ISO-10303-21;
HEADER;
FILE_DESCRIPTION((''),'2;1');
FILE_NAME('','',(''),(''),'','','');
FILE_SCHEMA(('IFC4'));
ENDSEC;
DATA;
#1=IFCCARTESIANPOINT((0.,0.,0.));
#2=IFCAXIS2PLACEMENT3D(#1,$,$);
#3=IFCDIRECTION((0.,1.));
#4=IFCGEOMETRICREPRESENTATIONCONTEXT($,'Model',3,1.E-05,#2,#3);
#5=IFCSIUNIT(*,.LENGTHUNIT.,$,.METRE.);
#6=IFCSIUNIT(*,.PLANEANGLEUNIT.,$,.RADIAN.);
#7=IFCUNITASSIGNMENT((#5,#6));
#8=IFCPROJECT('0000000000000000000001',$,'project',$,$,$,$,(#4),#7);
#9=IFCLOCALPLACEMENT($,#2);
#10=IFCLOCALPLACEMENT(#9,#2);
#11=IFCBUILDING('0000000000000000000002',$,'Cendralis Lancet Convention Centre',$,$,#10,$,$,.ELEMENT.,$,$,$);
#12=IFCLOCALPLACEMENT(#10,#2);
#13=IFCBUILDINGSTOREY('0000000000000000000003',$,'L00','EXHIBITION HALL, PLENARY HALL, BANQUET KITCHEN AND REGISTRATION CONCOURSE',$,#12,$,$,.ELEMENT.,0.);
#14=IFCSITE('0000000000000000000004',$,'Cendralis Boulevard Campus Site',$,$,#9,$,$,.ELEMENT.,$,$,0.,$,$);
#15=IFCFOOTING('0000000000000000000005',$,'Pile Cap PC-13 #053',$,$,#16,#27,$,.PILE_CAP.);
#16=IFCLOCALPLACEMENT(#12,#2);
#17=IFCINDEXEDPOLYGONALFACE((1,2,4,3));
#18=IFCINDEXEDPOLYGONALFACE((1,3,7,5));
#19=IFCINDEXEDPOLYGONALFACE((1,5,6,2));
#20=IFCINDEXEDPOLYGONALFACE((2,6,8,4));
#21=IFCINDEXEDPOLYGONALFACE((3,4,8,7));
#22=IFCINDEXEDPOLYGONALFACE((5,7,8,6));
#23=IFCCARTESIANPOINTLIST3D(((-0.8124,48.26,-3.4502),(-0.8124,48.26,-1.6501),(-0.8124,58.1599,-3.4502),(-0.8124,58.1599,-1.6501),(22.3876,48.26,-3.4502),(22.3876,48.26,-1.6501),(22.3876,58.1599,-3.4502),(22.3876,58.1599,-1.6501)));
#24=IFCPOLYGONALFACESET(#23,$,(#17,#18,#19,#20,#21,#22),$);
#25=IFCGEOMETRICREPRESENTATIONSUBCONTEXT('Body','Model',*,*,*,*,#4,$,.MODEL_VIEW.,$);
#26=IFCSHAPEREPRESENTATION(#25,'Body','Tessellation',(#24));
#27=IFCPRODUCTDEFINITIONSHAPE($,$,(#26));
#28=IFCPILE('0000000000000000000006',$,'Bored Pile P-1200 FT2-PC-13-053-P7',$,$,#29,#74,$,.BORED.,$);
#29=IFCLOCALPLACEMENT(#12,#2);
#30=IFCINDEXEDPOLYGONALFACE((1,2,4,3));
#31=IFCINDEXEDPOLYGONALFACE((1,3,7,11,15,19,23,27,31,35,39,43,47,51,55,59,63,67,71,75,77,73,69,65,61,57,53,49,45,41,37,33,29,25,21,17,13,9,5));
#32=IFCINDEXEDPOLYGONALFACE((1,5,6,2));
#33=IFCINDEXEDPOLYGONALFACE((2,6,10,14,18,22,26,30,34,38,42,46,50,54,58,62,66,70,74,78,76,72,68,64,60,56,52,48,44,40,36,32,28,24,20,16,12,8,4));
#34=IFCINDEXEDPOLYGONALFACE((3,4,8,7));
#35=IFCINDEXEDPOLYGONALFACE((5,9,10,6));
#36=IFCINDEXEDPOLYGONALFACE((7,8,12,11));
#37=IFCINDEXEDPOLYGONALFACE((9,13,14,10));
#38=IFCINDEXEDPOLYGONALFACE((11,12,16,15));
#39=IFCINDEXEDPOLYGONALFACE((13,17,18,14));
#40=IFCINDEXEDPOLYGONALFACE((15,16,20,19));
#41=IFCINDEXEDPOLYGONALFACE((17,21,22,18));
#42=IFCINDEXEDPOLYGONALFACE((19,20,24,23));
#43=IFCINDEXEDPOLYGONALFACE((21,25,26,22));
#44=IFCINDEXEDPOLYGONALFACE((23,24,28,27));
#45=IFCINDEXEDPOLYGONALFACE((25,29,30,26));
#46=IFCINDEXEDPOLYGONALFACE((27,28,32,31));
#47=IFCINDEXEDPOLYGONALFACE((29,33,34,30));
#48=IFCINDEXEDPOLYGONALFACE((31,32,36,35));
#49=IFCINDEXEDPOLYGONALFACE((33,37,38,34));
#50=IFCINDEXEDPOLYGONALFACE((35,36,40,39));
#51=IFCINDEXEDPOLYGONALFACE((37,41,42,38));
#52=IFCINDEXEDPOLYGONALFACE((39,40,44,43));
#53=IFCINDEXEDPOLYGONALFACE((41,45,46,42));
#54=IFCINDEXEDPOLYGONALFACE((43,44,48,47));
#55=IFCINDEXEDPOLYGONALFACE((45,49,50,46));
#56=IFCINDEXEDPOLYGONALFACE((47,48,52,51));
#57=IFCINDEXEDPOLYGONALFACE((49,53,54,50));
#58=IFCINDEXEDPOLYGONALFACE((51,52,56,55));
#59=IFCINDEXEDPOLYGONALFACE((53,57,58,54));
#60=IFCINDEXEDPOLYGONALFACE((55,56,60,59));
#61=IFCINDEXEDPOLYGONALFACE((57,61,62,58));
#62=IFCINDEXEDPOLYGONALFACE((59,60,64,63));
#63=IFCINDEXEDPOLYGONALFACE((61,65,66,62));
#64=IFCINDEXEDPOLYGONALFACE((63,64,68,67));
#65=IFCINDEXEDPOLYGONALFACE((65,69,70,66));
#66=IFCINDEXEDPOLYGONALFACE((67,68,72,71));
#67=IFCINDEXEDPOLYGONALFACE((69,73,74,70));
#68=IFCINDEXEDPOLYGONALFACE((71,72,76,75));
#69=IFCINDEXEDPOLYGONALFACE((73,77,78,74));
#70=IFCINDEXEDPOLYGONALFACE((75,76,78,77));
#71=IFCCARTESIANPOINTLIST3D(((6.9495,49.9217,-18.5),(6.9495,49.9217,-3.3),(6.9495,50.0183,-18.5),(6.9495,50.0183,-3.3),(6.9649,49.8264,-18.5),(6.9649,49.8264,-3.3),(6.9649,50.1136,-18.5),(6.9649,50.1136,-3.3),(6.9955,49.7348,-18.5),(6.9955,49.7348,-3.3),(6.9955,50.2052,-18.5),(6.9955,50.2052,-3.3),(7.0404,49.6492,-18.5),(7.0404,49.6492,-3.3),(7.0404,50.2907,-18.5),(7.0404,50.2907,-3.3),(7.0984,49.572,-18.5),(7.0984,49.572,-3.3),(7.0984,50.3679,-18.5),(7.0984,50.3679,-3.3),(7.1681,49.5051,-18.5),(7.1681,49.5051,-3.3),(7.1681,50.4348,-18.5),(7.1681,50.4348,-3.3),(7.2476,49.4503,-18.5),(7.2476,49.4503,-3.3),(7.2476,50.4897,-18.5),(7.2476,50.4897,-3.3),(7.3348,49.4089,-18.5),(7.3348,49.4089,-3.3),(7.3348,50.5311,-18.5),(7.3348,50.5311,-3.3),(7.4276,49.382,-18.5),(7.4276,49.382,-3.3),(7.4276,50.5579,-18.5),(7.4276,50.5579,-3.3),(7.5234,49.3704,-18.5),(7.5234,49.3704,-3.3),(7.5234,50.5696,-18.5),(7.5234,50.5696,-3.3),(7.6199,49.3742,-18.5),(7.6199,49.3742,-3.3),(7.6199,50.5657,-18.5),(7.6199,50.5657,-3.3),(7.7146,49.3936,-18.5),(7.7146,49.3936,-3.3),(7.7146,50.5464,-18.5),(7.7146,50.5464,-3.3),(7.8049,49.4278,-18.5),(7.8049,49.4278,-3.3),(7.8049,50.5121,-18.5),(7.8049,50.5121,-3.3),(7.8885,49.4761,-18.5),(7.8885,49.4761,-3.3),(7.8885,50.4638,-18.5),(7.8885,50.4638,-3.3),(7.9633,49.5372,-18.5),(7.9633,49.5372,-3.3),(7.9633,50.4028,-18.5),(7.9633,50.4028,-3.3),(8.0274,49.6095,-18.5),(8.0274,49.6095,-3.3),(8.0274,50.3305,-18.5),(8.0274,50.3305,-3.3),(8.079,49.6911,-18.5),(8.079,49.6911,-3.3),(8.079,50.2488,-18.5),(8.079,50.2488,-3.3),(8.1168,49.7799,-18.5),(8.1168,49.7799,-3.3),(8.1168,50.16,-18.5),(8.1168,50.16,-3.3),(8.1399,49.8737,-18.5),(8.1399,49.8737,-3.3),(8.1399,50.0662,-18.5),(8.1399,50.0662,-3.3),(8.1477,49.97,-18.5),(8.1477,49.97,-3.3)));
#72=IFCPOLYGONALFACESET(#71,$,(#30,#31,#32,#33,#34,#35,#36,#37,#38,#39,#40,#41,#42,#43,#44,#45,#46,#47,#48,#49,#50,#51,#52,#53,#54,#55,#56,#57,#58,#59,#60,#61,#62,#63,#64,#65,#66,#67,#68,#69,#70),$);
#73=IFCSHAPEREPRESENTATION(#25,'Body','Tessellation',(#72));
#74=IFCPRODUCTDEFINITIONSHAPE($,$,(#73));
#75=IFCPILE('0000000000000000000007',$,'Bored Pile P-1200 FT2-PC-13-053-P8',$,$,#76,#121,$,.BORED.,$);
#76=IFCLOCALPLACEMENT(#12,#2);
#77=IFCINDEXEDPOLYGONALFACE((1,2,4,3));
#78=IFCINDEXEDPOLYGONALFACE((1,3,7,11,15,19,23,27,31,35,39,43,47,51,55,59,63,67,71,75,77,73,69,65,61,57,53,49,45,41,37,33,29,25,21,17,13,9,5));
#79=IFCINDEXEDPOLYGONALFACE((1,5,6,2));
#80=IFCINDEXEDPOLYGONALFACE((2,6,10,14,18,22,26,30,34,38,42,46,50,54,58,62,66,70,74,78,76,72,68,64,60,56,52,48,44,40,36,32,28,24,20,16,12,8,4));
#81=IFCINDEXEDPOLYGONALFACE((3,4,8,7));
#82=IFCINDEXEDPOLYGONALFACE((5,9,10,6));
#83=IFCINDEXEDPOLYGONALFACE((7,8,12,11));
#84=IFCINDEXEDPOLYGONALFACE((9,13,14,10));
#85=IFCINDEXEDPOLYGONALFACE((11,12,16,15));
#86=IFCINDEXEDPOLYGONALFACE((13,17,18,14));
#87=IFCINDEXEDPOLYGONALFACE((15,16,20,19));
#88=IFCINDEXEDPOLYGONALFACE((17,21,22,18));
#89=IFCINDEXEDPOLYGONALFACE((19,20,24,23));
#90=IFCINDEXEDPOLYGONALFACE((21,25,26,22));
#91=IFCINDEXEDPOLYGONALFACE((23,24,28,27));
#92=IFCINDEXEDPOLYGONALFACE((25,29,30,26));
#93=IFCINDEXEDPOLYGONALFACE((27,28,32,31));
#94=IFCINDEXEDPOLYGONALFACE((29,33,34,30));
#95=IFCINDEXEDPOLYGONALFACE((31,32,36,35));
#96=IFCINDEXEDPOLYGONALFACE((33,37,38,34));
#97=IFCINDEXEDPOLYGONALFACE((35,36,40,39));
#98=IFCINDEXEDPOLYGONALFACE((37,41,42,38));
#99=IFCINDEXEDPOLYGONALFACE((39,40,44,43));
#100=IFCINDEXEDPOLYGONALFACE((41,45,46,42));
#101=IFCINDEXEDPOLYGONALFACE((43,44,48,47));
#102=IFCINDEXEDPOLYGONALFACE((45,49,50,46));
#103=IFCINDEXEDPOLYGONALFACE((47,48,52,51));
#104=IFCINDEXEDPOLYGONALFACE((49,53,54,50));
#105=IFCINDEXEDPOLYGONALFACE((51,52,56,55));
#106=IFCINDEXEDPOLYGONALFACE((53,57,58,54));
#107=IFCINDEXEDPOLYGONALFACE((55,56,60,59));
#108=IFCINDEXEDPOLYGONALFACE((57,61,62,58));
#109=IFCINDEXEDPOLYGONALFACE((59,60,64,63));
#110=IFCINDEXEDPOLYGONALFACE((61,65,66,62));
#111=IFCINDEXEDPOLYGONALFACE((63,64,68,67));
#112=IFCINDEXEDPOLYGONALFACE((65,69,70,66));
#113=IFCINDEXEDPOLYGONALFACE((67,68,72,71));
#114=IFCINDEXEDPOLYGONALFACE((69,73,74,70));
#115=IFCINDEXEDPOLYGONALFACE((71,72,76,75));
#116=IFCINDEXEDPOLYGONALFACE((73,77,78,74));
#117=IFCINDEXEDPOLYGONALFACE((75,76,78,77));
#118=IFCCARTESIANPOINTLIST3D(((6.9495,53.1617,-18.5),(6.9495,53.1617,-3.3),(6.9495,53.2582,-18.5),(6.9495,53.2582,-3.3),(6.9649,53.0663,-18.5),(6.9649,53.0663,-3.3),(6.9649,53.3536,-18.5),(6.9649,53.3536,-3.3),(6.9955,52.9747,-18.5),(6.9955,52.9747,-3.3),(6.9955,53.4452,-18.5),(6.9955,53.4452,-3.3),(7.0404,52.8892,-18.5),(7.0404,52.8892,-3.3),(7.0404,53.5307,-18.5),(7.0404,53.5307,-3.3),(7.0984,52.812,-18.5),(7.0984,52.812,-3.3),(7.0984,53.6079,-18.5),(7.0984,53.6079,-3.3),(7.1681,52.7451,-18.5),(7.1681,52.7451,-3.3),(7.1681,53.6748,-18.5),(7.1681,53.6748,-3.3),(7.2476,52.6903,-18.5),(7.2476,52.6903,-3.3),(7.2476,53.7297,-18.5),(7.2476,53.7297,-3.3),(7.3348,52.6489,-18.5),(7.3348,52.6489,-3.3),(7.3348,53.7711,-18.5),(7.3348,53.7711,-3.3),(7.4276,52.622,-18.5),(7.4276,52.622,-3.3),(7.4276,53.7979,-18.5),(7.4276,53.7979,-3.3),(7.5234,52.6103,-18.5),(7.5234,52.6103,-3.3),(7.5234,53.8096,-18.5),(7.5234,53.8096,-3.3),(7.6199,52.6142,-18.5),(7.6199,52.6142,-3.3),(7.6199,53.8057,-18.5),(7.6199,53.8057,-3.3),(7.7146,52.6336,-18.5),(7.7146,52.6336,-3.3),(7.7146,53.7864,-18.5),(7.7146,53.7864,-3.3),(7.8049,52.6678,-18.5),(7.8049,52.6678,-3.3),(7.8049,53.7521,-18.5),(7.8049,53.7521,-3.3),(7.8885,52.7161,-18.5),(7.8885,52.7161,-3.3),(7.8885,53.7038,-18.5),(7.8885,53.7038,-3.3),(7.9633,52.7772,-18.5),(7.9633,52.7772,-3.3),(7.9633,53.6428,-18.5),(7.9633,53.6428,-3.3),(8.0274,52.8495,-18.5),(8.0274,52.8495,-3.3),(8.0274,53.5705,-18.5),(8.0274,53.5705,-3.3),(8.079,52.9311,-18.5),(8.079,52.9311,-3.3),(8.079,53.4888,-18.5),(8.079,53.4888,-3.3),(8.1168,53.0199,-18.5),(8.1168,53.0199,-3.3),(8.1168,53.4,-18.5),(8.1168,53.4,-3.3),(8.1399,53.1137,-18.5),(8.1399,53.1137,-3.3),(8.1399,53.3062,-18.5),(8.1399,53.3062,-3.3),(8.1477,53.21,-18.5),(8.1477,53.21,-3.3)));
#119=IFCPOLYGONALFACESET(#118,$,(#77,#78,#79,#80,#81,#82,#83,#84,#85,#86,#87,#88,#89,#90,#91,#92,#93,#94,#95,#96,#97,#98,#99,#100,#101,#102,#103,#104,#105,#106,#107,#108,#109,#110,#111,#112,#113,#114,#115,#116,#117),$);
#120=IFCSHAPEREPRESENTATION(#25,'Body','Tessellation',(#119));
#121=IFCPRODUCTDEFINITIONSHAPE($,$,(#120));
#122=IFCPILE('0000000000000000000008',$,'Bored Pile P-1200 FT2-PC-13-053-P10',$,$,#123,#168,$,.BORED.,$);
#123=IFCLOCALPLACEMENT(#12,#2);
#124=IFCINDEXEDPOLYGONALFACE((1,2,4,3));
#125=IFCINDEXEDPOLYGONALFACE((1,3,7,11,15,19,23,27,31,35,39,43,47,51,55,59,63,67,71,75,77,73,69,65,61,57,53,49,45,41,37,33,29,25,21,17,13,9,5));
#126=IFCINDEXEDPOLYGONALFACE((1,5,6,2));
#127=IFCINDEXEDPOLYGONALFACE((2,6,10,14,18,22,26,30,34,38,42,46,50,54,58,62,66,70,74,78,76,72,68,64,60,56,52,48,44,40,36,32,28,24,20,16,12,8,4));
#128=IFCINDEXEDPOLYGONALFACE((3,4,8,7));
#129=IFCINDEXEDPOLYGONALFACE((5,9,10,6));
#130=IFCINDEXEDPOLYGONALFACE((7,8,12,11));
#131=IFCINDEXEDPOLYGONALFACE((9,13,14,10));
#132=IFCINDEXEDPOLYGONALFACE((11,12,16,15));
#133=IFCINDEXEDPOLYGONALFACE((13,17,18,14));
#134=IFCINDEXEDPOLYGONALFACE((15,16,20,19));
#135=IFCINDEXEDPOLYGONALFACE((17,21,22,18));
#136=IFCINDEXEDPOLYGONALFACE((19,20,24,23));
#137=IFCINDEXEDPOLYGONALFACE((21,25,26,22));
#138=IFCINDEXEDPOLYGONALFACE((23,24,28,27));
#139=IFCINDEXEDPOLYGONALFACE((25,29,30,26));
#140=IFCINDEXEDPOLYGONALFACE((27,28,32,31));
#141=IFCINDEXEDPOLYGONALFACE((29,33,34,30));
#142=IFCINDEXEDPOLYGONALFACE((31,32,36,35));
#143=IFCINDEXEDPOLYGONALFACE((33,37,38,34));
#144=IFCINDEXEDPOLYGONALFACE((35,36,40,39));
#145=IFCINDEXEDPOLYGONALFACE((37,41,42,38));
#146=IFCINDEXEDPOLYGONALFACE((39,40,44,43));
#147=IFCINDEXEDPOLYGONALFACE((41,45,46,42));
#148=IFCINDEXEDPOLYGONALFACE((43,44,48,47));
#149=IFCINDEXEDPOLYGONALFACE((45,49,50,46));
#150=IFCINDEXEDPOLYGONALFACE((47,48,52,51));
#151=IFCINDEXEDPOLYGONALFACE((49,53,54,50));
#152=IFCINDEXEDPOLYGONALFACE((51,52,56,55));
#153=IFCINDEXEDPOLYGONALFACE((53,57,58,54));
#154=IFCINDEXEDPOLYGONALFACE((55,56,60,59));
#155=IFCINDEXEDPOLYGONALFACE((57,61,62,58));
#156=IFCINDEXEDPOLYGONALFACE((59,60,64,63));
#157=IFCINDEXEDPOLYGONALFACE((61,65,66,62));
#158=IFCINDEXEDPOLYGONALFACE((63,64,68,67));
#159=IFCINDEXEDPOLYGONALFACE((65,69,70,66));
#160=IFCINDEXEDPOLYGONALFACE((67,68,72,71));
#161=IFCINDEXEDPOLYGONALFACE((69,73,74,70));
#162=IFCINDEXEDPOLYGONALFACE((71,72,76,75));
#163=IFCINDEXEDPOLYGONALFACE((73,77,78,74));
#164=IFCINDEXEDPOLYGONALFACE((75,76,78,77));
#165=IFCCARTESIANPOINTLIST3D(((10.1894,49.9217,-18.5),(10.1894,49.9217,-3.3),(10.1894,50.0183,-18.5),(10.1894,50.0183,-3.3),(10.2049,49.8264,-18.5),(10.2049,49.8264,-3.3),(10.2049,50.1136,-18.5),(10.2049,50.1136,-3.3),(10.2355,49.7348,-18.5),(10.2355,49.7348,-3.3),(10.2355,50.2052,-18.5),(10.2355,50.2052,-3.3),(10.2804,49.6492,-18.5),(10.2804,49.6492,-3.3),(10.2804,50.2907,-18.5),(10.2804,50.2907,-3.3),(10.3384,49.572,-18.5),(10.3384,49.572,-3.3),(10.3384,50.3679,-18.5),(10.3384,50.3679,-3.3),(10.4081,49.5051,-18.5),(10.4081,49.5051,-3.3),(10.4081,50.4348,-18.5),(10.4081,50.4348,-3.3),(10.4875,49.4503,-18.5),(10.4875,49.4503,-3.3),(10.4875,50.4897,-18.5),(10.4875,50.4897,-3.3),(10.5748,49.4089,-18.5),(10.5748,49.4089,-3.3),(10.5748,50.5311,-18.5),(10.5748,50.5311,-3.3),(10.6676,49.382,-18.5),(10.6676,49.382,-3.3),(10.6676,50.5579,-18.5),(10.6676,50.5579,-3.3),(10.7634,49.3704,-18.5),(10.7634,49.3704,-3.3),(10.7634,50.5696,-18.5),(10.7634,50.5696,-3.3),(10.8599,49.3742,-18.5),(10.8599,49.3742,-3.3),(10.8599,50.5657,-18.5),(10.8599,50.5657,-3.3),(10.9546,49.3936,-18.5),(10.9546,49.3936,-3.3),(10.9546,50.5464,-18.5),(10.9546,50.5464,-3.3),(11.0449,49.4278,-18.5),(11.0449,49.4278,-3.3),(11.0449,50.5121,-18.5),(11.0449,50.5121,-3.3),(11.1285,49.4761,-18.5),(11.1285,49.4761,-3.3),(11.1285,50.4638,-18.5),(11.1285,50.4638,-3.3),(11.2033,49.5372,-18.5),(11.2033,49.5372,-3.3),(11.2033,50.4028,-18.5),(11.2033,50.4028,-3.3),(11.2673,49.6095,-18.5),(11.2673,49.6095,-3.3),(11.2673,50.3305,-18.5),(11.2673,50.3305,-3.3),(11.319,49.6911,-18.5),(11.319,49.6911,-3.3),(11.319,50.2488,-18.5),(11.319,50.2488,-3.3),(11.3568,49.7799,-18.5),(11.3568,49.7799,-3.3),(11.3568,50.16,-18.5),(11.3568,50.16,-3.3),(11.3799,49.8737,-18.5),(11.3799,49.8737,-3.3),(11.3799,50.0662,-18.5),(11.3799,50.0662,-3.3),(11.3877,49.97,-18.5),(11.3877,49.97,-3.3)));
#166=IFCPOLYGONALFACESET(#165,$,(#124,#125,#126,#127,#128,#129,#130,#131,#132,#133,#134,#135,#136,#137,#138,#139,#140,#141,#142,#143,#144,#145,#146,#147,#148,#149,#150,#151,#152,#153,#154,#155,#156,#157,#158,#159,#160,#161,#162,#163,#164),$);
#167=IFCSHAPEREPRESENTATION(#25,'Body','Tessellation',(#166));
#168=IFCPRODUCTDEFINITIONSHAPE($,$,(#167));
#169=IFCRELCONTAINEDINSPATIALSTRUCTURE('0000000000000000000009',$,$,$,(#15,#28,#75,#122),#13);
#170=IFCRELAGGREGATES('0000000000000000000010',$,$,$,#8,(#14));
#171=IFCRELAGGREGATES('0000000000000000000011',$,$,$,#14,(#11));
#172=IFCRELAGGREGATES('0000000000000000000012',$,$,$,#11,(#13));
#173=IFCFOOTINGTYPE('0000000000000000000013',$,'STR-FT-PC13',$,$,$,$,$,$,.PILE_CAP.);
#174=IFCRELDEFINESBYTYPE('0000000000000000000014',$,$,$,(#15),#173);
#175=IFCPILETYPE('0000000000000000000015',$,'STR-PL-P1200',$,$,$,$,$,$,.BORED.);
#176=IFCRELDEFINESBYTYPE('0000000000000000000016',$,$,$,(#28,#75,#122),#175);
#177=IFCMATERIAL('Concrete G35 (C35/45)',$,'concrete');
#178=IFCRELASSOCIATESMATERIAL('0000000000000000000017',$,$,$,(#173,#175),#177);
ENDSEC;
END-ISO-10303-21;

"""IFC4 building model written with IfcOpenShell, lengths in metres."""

from ifc_helpers import new_model, si_unit, direction, frame, origin, origin_2d, place, context, subcontext, project, spatial, rectangle, circle, extrude, material, material_profile, profile_set, type_object, element, save


model = new_model("IFC4")

# Units and contexts
model_context = context("Model", 3, precision=1e-05, world=origin(), true_north=direction((0.0, 1.0)))
body_context = subcontext(model_context, "Body", "Model", "MODEL_VIEW")
ifc_project = project(units=[si_unit("LENGTHUNIT", "METRE"), si_unit("PLANEANGLEUNIT", "RADIAN")], contexts=[model_context])

# Site, building, storey
site_placement = place(None, origin())
site = spatial("IfcSite", under=ifc_project, at=site_placement, Name="Cendralis Boulevard Campus Site", CompositionType="ELEMENT", RefElevation=0.0)
building_placement = place(site_placement, origin())
building = spatial("IfcBuilding", under=site, at=building_placement, Name="Cendralis Lancet Convention Centre", CompositionType="ELEMENT")
storey_placement = place(building_placement, origin())
storey = spatial("IfcBuildingStorey", under=building, at=storey_placement, Name="L00", Description="EXHIBITION HALL, PLENARY HALL, BANQUET KITCHEN AND REGISTRATION CONCOURSE", CompositionType="ELEMENT", Elevation=0.0)

# Footing
ifc_material_1 = material(Name="Concrete G35 (C35/45)", Category="concrete")
footing_type = type_object("IfcFootingType", Name="STR-FT-PC13", PredefinedType="PILE_CAP", material=ifc_material_1)
footing_placement = place(storey_placement, frame((10.7876, 53.21, -3.4502), z_axis=(0.0, 0.0, 1.0), x_axis=(1.0, 0.0, 0.0)))
element("IfcFooting", 1, at=footing_placement, inside=storey, type_object=footing_type, Name="Pile Cap PC-13 #053", PredefinedType="PILE_CAP", context=body_context, shape_type="SweptSolid", body=[
    extrude(rectangle(XDim=23.2, YDim=9.8999, at=origin_2d()), origin(), (0.0, 0.0, 1.0), 1.8),
])

# Piles
ifc_material_profile_1 = material_profile(ifc_material_1, circle(Radius=0.6001, at=origin_2d()), Name="BORED PILE D1200")
ifc_profile_set_1 = profile_set([ifc_material_profile_1], Name="Concrete G35 (C35/45)")
pile_type = type_object("IfcPileType", Name="STR-PL-P1200", PredefinedType="BORED", material=ifc_profile_set_1)
for number, where, z_axis, x_axis, name in (
    (2, (7.5476, 49.97, -3.3), (0.0, 0.0, -1.0), (1.0, 0.0, 0.0), "Bored Pile P-1200 FT2-PC-13-053-P7"),
    (3, (7.5476, 53.21, -3.3), (0.0, 0.0, -1.0), (1.0, 0.0, 0.0), "Bored Pile P-1200 FT2-PC-13-053-P8"),
    (4, (10.7876, 49.97, -3.3), (0.0, 0.0, -1.0), (1.0, 0.0, 0.0), "Bored Pile P-1200 FT2-PC-13-053-P10"),
):
    element("IfcPile", number, at=place(storey_placement, frame(where, z_axis=z_axis, x_axis=x_axis)), inside=storey, type_object=pile_type, Name=name, PredefinedType="BORED", context=body_context, shape_type="SweptSolid", body=[
        extrude(circle(Radius=0.6001, at=origin_2d()), origin(), (0.0, 0.0, 1.0), 15.2),
    ])

save(model, "model.ifc")
